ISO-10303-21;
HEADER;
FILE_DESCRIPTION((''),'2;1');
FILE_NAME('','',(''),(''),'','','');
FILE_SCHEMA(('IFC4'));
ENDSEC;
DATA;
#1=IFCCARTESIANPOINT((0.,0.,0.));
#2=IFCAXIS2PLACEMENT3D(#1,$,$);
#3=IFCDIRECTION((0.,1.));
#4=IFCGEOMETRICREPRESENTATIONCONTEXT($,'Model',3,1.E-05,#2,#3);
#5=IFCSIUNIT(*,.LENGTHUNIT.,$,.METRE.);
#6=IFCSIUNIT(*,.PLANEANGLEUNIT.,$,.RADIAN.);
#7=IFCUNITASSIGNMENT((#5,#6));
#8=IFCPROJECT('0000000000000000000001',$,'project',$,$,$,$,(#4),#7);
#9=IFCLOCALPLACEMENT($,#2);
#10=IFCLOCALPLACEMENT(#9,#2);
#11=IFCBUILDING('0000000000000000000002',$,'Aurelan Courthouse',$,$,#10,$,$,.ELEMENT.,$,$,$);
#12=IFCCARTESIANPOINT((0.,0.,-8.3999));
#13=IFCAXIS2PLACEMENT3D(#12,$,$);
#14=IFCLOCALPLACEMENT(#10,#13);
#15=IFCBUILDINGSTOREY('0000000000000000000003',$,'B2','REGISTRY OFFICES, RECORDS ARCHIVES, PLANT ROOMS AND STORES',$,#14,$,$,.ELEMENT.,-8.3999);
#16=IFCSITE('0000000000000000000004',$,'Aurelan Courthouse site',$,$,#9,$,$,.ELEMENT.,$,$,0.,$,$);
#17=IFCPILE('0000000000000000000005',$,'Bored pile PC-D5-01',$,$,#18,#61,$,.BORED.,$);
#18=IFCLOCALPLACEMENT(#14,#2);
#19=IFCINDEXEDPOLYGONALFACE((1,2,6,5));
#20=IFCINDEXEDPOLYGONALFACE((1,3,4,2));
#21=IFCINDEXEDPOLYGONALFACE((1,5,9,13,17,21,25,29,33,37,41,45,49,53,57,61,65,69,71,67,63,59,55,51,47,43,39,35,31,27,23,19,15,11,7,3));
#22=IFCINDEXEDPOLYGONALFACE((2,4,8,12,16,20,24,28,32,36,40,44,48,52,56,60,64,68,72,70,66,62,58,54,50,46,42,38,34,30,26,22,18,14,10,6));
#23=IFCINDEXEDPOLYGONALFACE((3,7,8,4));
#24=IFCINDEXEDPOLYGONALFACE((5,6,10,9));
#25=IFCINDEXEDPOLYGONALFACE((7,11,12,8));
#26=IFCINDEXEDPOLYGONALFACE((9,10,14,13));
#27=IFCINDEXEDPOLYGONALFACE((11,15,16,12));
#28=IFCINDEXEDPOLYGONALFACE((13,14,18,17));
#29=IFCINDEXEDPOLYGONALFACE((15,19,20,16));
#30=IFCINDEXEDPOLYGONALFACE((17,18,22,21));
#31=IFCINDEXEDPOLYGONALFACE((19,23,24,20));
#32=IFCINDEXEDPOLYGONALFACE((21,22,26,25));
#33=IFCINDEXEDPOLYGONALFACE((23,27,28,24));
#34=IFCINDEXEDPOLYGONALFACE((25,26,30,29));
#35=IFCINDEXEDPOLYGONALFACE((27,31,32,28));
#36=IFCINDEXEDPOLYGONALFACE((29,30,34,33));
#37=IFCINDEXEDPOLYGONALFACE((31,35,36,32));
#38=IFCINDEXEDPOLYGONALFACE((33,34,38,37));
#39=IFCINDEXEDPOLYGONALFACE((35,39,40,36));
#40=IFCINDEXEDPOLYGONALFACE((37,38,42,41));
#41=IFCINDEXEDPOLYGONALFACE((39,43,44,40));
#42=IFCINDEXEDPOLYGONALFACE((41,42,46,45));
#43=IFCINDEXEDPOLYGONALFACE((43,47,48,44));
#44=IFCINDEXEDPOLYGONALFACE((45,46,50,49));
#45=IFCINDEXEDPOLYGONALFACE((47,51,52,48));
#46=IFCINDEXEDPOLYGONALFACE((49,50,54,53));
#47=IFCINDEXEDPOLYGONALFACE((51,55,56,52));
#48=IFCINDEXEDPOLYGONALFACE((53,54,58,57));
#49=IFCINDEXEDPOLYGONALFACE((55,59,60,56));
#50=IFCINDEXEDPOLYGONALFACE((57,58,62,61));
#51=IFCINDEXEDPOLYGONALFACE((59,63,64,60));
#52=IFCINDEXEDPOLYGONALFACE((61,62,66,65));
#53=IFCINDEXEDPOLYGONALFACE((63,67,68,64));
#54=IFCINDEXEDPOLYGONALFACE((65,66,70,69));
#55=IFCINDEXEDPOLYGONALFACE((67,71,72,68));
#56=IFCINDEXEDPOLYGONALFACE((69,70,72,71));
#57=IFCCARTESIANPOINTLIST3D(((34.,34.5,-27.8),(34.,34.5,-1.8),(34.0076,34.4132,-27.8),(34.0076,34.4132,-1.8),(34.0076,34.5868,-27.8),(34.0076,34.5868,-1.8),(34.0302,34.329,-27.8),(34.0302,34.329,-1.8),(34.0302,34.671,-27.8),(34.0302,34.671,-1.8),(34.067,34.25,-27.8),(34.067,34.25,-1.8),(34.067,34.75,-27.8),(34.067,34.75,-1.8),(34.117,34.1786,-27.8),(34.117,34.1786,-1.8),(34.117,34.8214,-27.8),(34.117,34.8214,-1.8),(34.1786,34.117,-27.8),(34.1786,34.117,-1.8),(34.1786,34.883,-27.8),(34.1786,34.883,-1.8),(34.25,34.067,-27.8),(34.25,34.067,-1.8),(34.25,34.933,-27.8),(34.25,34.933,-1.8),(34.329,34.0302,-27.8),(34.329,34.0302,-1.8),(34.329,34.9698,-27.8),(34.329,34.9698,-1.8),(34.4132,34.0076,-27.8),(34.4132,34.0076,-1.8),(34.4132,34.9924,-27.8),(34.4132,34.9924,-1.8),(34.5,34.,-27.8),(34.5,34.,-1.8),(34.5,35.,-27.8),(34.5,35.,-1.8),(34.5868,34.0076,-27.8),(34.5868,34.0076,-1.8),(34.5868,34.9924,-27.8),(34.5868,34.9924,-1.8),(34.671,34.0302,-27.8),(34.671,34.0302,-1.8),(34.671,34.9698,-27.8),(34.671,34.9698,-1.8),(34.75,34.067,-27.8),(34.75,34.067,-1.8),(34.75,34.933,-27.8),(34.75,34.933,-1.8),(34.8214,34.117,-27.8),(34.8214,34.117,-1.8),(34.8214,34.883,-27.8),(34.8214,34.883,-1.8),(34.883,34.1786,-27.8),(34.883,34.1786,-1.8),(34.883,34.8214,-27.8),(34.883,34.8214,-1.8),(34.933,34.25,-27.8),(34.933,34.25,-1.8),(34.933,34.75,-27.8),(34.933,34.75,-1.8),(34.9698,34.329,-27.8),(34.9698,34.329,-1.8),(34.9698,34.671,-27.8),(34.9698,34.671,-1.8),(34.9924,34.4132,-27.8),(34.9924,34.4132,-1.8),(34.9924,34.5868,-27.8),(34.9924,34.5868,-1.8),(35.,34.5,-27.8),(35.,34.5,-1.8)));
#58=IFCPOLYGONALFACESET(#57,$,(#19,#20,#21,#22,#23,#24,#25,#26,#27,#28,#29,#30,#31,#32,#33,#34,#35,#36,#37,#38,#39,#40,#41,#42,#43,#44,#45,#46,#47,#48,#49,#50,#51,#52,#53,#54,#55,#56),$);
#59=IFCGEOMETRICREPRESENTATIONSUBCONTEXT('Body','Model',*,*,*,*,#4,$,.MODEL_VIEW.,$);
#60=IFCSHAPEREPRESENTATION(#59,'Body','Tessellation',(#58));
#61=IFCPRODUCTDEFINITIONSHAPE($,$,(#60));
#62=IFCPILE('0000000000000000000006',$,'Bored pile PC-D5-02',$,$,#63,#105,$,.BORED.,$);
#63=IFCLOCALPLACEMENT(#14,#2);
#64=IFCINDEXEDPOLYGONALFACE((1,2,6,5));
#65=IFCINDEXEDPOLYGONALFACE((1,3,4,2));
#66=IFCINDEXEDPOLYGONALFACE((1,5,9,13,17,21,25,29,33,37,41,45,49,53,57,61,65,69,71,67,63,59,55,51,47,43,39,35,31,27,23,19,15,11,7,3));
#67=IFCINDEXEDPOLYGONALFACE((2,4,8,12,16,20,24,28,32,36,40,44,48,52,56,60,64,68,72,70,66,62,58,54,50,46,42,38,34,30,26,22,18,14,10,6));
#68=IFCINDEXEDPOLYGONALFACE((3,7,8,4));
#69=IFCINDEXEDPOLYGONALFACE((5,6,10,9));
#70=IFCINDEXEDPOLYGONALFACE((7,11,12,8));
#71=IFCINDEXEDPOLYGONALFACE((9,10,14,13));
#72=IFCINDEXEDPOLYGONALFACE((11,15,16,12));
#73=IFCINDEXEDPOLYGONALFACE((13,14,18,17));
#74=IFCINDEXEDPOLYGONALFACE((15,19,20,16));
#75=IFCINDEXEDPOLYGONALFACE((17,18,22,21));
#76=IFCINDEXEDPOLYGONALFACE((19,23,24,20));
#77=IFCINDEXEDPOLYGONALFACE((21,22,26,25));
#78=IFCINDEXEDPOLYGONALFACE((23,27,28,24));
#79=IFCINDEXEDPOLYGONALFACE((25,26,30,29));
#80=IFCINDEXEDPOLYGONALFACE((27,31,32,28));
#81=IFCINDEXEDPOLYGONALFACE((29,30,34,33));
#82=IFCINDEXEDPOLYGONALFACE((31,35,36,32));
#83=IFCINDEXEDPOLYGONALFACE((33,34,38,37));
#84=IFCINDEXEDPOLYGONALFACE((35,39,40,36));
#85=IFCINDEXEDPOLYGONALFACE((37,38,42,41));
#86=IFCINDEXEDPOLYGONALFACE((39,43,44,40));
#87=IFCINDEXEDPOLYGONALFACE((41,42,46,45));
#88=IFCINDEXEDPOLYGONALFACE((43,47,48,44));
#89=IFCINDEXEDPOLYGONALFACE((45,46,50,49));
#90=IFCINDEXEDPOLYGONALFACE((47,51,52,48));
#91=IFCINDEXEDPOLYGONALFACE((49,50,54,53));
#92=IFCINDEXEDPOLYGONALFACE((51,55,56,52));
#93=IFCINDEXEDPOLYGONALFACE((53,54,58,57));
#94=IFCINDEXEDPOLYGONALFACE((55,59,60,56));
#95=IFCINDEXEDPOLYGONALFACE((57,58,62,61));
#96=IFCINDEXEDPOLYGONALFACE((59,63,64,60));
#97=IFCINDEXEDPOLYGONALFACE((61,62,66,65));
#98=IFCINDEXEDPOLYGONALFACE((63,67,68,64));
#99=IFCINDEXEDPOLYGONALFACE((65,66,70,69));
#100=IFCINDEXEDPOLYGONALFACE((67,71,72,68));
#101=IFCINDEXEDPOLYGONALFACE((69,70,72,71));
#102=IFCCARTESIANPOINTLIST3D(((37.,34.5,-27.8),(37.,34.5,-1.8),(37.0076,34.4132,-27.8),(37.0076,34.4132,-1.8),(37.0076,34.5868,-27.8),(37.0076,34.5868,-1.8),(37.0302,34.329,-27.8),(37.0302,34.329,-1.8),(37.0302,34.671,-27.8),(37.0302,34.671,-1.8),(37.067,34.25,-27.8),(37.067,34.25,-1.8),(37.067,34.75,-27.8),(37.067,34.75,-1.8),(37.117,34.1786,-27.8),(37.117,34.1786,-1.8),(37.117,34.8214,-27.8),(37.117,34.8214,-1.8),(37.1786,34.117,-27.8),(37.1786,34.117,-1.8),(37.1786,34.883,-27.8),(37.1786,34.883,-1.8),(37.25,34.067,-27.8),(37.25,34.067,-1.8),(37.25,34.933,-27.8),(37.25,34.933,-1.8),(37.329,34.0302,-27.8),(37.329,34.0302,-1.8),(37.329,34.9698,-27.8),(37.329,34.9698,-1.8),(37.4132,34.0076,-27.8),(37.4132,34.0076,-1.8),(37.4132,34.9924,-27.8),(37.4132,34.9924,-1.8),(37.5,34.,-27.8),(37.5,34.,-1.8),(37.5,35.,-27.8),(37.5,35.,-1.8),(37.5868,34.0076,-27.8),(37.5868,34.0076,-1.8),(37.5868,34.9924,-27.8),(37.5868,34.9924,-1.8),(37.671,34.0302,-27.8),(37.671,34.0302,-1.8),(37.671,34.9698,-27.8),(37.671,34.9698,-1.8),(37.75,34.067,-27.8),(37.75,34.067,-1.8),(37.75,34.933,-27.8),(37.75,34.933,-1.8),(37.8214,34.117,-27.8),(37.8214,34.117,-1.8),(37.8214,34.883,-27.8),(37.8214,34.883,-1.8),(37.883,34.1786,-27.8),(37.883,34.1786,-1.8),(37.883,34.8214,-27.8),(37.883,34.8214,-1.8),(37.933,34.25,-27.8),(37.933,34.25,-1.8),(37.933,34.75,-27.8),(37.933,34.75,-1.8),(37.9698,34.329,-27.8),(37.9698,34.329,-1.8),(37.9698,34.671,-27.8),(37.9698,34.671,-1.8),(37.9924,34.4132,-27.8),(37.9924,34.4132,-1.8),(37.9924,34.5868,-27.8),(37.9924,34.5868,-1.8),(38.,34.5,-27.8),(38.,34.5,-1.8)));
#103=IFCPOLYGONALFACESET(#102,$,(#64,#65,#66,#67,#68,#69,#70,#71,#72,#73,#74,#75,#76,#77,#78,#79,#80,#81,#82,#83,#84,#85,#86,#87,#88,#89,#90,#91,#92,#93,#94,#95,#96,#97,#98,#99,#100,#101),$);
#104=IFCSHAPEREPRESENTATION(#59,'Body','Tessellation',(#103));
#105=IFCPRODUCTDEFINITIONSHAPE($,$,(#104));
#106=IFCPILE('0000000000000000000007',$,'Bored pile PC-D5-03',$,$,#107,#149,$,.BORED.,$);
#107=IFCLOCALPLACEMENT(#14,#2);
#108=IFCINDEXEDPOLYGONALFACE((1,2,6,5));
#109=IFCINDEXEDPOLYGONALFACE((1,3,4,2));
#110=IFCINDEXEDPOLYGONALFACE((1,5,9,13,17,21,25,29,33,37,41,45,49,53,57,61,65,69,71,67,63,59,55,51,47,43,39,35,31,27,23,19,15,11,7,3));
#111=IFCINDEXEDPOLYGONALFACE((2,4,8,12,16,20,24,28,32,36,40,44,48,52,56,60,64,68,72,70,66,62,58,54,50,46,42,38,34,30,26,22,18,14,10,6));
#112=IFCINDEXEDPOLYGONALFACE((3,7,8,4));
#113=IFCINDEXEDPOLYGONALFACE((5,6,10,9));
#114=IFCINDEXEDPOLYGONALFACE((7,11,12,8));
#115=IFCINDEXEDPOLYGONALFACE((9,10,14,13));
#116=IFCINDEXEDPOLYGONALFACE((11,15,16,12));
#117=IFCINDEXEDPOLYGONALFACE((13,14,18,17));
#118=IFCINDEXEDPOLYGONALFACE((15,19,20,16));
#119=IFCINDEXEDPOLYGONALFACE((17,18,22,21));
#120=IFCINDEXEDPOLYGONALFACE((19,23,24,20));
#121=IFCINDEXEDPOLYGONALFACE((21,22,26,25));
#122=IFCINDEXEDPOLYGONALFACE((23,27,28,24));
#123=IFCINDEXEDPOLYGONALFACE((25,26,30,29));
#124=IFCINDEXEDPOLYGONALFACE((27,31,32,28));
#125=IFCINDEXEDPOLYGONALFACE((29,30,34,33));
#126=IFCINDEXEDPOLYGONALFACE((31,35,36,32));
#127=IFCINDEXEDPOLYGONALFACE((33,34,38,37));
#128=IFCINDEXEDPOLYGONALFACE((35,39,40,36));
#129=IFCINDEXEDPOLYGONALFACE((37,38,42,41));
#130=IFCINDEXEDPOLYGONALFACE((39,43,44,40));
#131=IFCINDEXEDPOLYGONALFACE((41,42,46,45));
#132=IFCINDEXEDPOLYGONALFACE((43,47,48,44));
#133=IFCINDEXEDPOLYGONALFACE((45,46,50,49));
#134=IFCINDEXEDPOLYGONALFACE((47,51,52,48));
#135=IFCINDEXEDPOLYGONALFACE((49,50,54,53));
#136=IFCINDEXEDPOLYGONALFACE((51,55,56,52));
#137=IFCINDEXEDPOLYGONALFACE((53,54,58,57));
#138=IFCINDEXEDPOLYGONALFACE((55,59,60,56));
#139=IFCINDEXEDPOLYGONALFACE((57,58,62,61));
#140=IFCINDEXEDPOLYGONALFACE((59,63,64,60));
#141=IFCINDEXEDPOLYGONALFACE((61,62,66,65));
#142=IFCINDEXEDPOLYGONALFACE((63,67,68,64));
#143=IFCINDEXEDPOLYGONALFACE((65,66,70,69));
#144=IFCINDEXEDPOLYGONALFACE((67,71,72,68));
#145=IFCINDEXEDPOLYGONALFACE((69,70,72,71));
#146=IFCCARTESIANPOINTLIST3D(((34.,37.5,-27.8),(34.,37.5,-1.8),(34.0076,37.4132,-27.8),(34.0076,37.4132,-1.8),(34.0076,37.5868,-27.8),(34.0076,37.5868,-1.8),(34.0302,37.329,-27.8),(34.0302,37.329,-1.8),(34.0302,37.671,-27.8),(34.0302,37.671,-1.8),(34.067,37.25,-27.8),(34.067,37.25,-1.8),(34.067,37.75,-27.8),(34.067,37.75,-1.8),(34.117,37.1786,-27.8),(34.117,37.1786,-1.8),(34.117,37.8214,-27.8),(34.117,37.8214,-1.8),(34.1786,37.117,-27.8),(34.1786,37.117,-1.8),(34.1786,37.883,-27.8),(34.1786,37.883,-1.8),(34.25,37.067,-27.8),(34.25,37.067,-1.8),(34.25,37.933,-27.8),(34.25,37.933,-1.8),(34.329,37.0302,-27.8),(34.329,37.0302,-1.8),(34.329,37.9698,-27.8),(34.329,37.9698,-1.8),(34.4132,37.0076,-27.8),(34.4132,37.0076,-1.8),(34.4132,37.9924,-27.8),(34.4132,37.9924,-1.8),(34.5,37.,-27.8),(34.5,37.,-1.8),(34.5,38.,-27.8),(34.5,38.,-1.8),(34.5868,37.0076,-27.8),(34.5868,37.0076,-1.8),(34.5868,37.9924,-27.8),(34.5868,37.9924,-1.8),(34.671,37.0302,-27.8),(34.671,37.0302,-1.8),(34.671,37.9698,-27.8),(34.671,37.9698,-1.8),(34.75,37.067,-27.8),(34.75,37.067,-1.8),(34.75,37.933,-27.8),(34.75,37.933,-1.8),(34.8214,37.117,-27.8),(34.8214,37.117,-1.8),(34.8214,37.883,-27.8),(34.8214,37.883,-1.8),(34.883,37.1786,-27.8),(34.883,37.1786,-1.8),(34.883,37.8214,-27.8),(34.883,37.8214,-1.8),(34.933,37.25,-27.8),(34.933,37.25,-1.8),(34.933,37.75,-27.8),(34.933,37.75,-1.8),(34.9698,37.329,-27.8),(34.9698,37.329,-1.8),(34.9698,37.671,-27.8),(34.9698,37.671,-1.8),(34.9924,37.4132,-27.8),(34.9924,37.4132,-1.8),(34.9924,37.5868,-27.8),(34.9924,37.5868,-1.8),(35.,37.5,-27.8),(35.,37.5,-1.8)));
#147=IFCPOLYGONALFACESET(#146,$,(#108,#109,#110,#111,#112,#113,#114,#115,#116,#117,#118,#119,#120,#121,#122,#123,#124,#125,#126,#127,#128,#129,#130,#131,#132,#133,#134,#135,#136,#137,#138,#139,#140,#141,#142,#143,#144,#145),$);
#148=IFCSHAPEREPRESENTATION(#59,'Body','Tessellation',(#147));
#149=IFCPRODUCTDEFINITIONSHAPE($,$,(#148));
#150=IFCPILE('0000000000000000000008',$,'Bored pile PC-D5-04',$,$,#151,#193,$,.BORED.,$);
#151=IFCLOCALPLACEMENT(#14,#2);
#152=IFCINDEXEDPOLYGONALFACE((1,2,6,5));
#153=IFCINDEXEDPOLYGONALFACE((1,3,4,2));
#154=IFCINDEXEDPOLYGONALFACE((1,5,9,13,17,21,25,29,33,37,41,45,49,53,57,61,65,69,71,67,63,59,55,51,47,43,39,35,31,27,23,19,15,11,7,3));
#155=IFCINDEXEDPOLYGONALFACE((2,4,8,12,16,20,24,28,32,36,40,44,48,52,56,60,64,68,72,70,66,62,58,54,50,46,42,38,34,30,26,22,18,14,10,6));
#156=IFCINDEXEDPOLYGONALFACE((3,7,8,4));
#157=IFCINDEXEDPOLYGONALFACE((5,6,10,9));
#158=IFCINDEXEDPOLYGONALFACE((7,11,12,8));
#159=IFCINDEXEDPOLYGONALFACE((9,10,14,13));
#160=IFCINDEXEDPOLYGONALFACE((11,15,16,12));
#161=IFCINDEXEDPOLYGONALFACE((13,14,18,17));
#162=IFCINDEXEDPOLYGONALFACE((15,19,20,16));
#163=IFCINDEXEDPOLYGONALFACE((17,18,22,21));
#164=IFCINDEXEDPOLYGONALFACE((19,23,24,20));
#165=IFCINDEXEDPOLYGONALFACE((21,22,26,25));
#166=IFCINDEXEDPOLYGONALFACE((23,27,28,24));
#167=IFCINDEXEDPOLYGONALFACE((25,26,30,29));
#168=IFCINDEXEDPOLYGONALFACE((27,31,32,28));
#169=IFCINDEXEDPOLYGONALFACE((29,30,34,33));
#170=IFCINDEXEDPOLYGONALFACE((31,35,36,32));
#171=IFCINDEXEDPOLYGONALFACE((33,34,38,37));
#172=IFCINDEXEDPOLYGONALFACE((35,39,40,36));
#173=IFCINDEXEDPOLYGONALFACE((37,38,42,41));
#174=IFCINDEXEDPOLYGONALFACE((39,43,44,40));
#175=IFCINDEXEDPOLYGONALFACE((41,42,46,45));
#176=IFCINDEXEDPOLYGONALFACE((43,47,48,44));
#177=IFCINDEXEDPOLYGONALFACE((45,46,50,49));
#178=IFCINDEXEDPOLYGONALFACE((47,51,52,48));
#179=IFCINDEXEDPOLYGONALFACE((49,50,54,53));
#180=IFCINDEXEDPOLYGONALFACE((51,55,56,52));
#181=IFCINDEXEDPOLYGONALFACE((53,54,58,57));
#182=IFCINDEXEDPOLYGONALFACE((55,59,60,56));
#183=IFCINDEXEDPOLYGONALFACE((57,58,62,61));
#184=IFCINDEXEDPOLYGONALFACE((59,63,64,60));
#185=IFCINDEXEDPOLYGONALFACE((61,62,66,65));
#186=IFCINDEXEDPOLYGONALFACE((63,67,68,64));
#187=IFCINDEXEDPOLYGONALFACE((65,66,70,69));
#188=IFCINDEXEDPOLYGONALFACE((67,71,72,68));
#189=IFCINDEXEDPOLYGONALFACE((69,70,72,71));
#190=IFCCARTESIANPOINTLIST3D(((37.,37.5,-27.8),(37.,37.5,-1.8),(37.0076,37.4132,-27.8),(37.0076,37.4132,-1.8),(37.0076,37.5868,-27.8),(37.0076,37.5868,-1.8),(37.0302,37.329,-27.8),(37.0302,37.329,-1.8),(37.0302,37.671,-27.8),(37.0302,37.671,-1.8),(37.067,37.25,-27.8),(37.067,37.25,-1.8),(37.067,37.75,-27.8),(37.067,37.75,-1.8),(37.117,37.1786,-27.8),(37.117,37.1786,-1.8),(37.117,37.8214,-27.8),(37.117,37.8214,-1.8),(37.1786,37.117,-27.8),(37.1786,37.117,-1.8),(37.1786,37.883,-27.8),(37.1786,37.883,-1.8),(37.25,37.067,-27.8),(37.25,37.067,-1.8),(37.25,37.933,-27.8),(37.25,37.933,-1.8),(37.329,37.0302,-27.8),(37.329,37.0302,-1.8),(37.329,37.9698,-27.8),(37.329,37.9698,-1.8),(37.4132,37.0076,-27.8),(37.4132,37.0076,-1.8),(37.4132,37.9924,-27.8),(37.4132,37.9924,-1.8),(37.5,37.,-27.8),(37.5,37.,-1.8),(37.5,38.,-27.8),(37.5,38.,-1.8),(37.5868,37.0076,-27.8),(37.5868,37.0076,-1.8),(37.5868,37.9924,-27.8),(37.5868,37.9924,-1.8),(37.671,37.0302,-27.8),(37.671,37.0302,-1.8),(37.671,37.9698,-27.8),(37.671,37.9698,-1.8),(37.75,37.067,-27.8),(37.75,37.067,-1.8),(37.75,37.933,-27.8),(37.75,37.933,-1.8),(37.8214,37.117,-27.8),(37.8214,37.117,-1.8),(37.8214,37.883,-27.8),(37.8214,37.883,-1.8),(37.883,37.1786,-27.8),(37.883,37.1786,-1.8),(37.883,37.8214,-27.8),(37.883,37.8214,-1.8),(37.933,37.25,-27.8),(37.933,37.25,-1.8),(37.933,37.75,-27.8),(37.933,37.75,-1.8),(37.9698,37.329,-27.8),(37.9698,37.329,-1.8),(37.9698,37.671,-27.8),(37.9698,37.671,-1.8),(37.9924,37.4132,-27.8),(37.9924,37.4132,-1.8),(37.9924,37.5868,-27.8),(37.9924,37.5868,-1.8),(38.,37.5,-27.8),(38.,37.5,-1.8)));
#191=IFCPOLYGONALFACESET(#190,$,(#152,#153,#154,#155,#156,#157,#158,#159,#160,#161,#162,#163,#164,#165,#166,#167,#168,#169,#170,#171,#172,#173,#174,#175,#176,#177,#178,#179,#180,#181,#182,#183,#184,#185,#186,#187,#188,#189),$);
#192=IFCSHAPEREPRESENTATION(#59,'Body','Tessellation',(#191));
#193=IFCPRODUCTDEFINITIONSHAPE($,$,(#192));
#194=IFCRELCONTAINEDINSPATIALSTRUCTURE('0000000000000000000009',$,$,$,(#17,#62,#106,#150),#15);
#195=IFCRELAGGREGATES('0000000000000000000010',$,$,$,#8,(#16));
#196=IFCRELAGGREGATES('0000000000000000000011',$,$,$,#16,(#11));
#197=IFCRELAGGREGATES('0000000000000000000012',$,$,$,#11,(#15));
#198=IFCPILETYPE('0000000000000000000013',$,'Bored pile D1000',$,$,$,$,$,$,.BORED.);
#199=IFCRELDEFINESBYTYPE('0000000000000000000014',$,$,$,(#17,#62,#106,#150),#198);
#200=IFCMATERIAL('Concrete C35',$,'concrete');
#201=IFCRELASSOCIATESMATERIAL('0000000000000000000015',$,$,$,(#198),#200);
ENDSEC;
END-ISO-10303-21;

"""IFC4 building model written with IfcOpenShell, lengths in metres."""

from ifc_helpers import new_model, si_unit, direction, frame, origin, origin_2d, place, context, subcontext, project, spatial, circle, extrude, material, material_profile, profile_set, type_object, element, save


model = new_model("IFC4")

# Units and contexts
model_context = context("Model", 3, precision=1e-05, world=origin(), true_north=direction((0.0, 1.0)))
body_context = subcontext(model_context, "Body", "Model", "MODEL_VIEW")
ifc_project = project(units=[si_unit("LENGTHUNIT", "METRE"), si_unit("PLANEANGLEUNIT", "RADIAN")], contexts=[model_context])

# Site, building, storey
site_placement = place(None, origin())
site = spatial("IfcSite", under=ifc_project, at=site_placement, Name="Aurelan Courthouse site", CompositionType="ELEMENT", RefElevation=0.0)
building_placement = place(site_placement, origin())
building = spatial("IfcBuilding", under=site, at=building_placement, Name="Aurelan Courthouse", CompositionType="ELEMENT")
storey_placement = place(building_placement, frame((0.0, 0.0, -8.3999)))
storey = spatial("IfcBuildingStorey", under=building, at=storey_placement, Name="B2", Description="REGISTRY OFFICES, RECORDS ARCHIVES, PLANT ROOMS AND STORES", CompositionType="ELEMENT", Elevation=-8.3999)

# Piles
ifc_material_1 = material(Name="Concrete C35", Category="concrete")
ifc_material_profile_1 = material_profile(ifc_material_1, circle(Radius=0.5, at=origin_2d()), Name="D1000")
ifc_profile_set_1 = profile_set([ifc_material_profile_1], Name="Concrete C35")
pile_type_1 = type_object("IfcPileType", Name="Bored pile D1000", PredefinedType="BORED", material=ifc_profile_set_1)
for number, where, z_axis, x_axis, name in (
    (1, (34.5, 34.5, -1.8), (0.0, 0.0, -1.0), (1.0, 0.0, 0.0), "Bored pile PC-D5-01"),
    (2, (37.5, 34.5, -1.8), (0.0, 0.0, -1.0), (1.0, 0.0, 0.0), "Bored pile PC-D5-02"),
    (3, (34.5, 37.5, -1.8), (0.0, 0.0, -1.0), (1.0, 0.0, 0.0), "Bored pile PC-D5-03"),
    (4, (37.5, 37.5, -1.8), (0.0, 0.0, -1.0), (1.0, 0.0, 0.0), "Bored pile PC-D5-04"),
):
    element("IfcPile", number, at=place(storey_placement, frame(where, z_axis=z_axis, x_axis=x_axis)), inside=storey, type_object=pile_type_1, Name=name, PredefinedType="BORED", context=body_context, shape_type="SweptSolid", body=[
        extrude(circle(Radius=0.5, at=origin_2d()), origin(), (0.0, 0.0, 1.0), 26.0),
    ])

save(model, "model.ifc")
